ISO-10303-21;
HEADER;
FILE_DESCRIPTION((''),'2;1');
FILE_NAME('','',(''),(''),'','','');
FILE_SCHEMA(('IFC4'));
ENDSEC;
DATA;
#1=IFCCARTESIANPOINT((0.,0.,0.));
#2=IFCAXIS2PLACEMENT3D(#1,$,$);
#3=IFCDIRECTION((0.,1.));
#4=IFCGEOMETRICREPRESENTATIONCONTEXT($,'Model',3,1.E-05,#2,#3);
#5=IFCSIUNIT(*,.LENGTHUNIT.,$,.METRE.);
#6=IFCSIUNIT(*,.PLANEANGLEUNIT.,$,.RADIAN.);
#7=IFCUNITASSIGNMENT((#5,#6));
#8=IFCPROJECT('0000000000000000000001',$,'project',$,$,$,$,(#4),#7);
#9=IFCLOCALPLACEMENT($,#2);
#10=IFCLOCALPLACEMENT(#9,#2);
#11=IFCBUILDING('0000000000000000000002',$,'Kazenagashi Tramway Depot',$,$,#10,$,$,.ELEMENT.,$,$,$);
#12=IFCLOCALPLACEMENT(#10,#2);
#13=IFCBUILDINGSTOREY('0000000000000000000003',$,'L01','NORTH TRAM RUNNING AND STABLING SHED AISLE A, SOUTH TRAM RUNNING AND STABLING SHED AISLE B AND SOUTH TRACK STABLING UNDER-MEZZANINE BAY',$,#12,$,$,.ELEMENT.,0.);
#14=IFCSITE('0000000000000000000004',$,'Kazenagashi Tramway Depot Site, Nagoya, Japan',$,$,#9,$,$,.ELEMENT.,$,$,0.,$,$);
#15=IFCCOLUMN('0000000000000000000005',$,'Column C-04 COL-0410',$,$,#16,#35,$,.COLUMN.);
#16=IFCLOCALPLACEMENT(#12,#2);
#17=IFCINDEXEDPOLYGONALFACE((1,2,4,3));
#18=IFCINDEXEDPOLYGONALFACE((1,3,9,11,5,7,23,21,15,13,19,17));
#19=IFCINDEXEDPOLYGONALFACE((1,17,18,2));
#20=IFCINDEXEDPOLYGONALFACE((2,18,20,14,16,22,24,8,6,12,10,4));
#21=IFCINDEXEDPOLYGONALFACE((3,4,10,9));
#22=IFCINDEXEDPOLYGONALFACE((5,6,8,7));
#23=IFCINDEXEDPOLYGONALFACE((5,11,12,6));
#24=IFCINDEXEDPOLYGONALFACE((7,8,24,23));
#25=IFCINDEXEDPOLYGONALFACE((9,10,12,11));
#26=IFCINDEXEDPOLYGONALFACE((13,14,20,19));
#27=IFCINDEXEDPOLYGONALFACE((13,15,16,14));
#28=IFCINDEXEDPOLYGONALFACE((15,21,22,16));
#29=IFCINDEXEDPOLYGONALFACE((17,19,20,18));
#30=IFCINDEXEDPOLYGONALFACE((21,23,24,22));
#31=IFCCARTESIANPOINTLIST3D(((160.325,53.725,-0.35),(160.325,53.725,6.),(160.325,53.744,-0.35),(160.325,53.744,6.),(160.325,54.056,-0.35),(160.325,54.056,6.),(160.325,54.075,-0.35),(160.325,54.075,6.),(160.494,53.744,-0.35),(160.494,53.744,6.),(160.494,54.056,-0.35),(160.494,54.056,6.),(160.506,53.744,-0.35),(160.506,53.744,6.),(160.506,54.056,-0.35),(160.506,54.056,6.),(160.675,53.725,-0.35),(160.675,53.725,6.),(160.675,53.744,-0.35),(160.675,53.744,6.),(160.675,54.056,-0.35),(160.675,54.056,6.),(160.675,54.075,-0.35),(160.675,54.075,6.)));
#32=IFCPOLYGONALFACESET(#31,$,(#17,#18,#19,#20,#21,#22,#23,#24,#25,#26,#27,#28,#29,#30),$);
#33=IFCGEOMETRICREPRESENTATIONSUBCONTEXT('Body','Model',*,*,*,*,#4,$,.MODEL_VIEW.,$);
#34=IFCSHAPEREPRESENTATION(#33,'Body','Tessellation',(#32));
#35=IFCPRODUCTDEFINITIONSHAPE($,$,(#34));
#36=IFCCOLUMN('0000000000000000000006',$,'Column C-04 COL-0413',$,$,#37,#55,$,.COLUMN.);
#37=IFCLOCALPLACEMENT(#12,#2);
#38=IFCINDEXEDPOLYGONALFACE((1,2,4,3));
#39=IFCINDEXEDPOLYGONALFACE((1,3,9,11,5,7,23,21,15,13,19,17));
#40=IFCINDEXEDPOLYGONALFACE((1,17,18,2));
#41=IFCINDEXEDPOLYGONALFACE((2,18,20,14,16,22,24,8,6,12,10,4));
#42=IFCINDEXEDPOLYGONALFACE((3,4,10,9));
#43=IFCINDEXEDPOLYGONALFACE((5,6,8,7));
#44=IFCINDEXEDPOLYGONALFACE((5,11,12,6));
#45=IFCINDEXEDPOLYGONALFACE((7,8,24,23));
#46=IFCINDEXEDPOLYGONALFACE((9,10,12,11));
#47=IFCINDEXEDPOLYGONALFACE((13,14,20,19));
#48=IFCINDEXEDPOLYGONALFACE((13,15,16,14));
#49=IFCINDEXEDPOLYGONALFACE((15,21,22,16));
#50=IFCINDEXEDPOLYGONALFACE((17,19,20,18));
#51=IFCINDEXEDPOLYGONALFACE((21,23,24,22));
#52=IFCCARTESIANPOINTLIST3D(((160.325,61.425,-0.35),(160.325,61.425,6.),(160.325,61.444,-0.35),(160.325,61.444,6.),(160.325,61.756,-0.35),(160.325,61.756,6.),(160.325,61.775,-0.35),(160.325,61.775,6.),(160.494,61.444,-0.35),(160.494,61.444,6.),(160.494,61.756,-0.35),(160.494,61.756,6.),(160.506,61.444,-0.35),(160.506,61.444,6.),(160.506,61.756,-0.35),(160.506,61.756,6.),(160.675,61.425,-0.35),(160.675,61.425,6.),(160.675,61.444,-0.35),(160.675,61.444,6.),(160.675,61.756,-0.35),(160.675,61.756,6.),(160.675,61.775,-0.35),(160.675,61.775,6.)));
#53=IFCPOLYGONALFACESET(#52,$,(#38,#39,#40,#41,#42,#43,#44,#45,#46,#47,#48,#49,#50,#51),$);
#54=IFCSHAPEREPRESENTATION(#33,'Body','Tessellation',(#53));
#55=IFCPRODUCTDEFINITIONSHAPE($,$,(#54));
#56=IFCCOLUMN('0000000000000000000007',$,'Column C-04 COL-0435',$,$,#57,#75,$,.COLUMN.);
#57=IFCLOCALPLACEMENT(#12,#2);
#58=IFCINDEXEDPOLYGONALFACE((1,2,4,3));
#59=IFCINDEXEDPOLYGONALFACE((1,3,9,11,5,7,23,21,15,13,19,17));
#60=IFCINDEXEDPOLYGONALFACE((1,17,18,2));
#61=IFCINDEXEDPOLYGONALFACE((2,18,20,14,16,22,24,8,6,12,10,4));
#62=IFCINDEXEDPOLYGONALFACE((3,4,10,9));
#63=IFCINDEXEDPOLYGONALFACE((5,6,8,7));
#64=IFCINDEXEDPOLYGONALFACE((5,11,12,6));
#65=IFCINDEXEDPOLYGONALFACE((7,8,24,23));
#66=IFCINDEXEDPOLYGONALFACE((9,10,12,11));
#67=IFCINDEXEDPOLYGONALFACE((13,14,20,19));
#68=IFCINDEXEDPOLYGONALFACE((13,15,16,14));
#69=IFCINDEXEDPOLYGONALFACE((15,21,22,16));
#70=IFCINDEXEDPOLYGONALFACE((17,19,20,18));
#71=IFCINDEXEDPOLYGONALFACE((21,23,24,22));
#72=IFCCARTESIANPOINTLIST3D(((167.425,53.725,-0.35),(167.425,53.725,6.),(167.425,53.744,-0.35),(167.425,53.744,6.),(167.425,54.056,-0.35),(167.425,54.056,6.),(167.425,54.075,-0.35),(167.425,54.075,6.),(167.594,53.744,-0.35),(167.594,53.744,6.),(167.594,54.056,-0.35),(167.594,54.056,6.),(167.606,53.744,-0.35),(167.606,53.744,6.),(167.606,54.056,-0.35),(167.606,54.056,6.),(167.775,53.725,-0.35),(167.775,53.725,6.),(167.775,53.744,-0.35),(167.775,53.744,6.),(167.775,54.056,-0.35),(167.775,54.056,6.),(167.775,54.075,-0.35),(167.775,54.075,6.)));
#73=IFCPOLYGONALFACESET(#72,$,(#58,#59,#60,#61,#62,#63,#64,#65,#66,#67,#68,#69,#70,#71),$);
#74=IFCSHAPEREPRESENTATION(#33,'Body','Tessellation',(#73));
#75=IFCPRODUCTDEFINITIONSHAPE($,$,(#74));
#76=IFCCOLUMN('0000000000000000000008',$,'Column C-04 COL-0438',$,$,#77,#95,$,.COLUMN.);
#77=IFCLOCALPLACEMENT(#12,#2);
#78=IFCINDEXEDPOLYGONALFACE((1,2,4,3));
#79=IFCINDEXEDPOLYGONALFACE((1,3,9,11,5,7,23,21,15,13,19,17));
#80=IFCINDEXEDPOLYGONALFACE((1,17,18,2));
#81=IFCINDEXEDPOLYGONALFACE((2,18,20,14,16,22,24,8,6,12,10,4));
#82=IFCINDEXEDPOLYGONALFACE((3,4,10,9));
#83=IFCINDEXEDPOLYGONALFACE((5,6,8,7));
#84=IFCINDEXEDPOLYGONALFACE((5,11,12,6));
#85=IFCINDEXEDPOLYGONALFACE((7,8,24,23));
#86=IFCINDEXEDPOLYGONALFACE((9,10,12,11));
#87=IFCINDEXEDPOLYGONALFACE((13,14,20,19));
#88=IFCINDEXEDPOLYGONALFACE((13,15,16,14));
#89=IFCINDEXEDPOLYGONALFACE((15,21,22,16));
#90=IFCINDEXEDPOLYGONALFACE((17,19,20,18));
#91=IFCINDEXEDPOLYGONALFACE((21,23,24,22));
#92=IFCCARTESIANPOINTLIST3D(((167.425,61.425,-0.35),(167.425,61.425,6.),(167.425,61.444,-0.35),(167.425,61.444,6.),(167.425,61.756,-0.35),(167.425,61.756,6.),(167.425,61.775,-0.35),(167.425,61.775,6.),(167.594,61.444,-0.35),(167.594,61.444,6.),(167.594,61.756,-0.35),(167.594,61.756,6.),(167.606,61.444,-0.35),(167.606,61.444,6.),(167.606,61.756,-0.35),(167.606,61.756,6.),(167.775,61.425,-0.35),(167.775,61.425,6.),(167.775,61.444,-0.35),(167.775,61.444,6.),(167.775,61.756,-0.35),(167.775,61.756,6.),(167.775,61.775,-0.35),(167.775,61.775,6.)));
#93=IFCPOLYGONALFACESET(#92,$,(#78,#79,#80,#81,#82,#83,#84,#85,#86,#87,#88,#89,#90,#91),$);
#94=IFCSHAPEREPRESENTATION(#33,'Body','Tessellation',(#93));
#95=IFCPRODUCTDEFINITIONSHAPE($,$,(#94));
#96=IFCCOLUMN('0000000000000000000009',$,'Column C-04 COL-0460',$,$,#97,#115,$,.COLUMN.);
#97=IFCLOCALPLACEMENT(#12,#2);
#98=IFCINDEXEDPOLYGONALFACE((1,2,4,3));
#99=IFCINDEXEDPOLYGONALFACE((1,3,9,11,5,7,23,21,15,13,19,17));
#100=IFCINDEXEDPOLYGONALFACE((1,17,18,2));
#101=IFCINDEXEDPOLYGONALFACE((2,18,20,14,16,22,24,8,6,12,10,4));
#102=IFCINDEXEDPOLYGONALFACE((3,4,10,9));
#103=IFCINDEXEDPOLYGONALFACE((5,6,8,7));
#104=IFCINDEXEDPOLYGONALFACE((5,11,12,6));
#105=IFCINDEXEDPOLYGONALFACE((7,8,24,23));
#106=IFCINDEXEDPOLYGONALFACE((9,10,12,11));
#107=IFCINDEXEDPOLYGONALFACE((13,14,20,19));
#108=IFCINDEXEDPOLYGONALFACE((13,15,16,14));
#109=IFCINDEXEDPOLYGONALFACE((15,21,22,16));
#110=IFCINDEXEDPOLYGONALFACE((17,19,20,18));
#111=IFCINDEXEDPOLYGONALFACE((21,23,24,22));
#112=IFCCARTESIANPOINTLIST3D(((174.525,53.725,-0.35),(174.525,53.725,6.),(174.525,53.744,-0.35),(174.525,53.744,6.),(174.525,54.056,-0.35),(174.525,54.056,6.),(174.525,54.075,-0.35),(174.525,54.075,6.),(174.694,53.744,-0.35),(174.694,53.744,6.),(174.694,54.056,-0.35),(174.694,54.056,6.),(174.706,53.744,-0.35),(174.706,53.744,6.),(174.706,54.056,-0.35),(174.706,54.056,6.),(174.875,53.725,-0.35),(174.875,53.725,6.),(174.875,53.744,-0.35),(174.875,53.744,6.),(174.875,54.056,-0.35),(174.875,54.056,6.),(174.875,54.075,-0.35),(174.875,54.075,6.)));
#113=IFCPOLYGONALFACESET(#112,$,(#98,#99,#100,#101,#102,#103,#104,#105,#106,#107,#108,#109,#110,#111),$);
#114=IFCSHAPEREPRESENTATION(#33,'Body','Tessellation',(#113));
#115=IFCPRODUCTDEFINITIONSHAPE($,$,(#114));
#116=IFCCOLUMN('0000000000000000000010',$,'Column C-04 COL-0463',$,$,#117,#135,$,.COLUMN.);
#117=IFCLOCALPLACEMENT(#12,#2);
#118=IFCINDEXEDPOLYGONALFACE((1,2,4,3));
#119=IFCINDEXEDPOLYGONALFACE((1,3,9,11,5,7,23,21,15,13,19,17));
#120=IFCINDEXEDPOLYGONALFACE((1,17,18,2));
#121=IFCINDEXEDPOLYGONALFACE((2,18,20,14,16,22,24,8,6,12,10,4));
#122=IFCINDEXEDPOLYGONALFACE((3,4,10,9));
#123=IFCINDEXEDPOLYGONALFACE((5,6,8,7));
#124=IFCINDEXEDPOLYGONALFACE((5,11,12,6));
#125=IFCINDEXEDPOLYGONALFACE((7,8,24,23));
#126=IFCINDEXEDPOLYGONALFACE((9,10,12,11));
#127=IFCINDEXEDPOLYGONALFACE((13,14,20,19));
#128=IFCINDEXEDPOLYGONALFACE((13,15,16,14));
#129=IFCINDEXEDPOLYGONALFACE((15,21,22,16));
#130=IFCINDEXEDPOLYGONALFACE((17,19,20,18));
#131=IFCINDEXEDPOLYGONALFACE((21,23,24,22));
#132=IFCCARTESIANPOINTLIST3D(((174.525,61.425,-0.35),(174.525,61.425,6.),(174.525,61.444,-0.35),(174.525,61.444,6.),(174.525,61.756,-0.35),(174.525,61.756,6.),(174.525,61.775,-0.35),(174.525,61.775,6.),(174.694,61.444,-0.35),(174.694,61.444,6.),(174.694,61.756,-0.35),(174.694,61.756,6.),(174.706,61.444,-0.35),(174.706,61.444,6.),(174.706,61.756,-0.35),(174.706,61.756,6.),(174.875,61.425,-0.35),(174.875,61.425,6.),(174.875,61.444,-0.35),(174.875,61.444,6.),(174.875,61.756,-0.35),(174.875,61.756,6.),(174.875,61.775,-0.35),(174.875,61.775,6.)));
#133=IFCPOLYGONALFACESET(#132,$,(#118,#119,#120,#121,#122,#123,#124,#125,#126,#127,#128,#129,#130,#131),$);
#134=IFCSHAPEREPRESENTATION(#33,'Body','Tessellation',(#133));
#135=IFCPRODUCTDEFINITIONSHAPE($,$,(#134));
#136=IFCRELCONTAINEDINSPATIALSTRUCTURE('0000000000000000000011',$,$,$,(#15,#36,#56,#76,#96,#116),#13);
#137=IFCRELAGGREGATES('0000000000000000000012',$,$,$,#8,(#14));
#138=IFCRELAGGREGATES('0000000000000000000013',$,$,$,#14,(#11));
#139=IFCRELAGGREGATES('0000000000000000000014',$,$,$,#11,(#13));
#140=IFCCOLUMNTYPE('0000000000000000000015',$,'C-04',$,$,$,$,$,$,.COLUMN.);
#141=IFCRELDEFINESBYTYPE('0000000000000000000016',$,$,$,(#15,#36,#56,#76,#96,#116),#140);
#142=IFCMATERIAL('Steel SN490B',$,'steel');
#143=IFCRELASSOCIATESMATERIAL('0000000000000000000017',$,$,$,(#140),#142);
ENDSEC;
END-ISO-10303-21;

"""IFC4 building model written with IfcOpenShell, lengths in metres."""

from ifc_helpers import new_model, si_unit, direction, frame, origin, origin_2d, place, context, subcontext, project, spatial, i_section, extrude, material, material_profile, profile_set, type_object, element, save


model = new_model("IFC4")

# Units and contexts
model_context = context("Model", 3, precision=1e-05, world=origin(), true_north=direction((0.0, 1.0)))
body_context = subcontext(model_context, "Body", "Model", "MODEL_VIEW")
ifc_project = project(units=[si_unit("LENGTHUNIT", "METRE"), si_unit("PLANEANGLEUNIT", "RADIAN")], contexts=[model_context])

# Site, building, storey
site_placement = place(None, origin())
site = spatial("IfcSite", under=ifc_project, at=site_placement, Name="Kazenagashi Tramway Depot Site, Nagoya, Japan", CompositionType="ELEMENT", RefElevation=0.0)
building_placement = place(site_placement, origin())
building = spatial("IfcBuilding", under=site, at=building_placement, Name="Kazenagashi Tramway Depot", CompositionType="ELEMENT")
storey_placement = place(building_placement, origin())
storey = spatial("IfcBuildingStorey", under=building, at=storey_placement, Name="L01", Description="NORTH TRAM RUNNING AND STABLING SHED AISLE A, SOUTH TRAM RUNNING AND STABLING SHED AISLE B AND SOUTH TRACK STABLING UNDER-MEZZANINE BAY", CompositionType="ELEMENT", Elevation=0.0)

# Columns
ifc_material_1 = material(Name="Steel SN490B", Category="steel")
ifc_material_profile_1 = material_profile(ifc_material_1, i_section(OverallWidth=0.35, OverallDepth=0.35, WebThickness=0.012, FlangeThickness=0.019, at=origin_2d()), Name="H-350x350x12x19")
ifc_profile_set_1 = profile_set([ifc_material_profile_1], Name="Steel SN490B")
column_type = type_object("IfcColumnType", Name="C-04", PredefinedType="COLUMN", material=ifc_profile_set_1)
for number, where, z_axis, x_axis, name in (
    (1, (160.5, 53.9, -0.35), (0.0, 0.0, 1.0), (1.0, 0.0, 0.0), "Column C-04 COL-0410"),
    (2, (160.5, 61.6, -0.35), (0.0, 0.0, 1.0), (1.0, 0.0, 0.0), "Column C-04 COL-0413"),
    (3, (167.6, 53.9, -0.35), (0.0, 0.0, 1.0), (1.0, 0.0, 0.0), "Column C-04 COL-0435"),
    (4, (167.6, 61.6, -0.35), (0.0, 0.0, 1.0), (1.0, 0.0, 0.0), "Column C-04 COL-0438"),
    (5, (174.7, 53.9, -0.35), (0.0, 0.0, 1.0), (1.0, 0.0, 0.0), "Column C-04 COL-0460"),
    (6, (174.7, 61.6, -0.35), (0.0, 0.0, 1.0), (1.0, 0.0, 0.0), "Column C-04 COL-0463"),
):
    element("IfcColumn", number, at=place(storey_placement, frame(where, z_axis=z_axis, x_axis=x_axis)), inside=storey, type_object=column_type, Name=name, PredefinedType="COLUMN", context=body_context, shape_type="SweptSolid", body=[
        extrude(i_section(OverallWidth=0.35, OverallDepth=0.35, WebThickness=0.012, FlangeThickness=0.019, at=origin_2d()), origin(), (0.0, 0.0, 1.0), 6.35),
    ])

save(model, "model.ifc")
